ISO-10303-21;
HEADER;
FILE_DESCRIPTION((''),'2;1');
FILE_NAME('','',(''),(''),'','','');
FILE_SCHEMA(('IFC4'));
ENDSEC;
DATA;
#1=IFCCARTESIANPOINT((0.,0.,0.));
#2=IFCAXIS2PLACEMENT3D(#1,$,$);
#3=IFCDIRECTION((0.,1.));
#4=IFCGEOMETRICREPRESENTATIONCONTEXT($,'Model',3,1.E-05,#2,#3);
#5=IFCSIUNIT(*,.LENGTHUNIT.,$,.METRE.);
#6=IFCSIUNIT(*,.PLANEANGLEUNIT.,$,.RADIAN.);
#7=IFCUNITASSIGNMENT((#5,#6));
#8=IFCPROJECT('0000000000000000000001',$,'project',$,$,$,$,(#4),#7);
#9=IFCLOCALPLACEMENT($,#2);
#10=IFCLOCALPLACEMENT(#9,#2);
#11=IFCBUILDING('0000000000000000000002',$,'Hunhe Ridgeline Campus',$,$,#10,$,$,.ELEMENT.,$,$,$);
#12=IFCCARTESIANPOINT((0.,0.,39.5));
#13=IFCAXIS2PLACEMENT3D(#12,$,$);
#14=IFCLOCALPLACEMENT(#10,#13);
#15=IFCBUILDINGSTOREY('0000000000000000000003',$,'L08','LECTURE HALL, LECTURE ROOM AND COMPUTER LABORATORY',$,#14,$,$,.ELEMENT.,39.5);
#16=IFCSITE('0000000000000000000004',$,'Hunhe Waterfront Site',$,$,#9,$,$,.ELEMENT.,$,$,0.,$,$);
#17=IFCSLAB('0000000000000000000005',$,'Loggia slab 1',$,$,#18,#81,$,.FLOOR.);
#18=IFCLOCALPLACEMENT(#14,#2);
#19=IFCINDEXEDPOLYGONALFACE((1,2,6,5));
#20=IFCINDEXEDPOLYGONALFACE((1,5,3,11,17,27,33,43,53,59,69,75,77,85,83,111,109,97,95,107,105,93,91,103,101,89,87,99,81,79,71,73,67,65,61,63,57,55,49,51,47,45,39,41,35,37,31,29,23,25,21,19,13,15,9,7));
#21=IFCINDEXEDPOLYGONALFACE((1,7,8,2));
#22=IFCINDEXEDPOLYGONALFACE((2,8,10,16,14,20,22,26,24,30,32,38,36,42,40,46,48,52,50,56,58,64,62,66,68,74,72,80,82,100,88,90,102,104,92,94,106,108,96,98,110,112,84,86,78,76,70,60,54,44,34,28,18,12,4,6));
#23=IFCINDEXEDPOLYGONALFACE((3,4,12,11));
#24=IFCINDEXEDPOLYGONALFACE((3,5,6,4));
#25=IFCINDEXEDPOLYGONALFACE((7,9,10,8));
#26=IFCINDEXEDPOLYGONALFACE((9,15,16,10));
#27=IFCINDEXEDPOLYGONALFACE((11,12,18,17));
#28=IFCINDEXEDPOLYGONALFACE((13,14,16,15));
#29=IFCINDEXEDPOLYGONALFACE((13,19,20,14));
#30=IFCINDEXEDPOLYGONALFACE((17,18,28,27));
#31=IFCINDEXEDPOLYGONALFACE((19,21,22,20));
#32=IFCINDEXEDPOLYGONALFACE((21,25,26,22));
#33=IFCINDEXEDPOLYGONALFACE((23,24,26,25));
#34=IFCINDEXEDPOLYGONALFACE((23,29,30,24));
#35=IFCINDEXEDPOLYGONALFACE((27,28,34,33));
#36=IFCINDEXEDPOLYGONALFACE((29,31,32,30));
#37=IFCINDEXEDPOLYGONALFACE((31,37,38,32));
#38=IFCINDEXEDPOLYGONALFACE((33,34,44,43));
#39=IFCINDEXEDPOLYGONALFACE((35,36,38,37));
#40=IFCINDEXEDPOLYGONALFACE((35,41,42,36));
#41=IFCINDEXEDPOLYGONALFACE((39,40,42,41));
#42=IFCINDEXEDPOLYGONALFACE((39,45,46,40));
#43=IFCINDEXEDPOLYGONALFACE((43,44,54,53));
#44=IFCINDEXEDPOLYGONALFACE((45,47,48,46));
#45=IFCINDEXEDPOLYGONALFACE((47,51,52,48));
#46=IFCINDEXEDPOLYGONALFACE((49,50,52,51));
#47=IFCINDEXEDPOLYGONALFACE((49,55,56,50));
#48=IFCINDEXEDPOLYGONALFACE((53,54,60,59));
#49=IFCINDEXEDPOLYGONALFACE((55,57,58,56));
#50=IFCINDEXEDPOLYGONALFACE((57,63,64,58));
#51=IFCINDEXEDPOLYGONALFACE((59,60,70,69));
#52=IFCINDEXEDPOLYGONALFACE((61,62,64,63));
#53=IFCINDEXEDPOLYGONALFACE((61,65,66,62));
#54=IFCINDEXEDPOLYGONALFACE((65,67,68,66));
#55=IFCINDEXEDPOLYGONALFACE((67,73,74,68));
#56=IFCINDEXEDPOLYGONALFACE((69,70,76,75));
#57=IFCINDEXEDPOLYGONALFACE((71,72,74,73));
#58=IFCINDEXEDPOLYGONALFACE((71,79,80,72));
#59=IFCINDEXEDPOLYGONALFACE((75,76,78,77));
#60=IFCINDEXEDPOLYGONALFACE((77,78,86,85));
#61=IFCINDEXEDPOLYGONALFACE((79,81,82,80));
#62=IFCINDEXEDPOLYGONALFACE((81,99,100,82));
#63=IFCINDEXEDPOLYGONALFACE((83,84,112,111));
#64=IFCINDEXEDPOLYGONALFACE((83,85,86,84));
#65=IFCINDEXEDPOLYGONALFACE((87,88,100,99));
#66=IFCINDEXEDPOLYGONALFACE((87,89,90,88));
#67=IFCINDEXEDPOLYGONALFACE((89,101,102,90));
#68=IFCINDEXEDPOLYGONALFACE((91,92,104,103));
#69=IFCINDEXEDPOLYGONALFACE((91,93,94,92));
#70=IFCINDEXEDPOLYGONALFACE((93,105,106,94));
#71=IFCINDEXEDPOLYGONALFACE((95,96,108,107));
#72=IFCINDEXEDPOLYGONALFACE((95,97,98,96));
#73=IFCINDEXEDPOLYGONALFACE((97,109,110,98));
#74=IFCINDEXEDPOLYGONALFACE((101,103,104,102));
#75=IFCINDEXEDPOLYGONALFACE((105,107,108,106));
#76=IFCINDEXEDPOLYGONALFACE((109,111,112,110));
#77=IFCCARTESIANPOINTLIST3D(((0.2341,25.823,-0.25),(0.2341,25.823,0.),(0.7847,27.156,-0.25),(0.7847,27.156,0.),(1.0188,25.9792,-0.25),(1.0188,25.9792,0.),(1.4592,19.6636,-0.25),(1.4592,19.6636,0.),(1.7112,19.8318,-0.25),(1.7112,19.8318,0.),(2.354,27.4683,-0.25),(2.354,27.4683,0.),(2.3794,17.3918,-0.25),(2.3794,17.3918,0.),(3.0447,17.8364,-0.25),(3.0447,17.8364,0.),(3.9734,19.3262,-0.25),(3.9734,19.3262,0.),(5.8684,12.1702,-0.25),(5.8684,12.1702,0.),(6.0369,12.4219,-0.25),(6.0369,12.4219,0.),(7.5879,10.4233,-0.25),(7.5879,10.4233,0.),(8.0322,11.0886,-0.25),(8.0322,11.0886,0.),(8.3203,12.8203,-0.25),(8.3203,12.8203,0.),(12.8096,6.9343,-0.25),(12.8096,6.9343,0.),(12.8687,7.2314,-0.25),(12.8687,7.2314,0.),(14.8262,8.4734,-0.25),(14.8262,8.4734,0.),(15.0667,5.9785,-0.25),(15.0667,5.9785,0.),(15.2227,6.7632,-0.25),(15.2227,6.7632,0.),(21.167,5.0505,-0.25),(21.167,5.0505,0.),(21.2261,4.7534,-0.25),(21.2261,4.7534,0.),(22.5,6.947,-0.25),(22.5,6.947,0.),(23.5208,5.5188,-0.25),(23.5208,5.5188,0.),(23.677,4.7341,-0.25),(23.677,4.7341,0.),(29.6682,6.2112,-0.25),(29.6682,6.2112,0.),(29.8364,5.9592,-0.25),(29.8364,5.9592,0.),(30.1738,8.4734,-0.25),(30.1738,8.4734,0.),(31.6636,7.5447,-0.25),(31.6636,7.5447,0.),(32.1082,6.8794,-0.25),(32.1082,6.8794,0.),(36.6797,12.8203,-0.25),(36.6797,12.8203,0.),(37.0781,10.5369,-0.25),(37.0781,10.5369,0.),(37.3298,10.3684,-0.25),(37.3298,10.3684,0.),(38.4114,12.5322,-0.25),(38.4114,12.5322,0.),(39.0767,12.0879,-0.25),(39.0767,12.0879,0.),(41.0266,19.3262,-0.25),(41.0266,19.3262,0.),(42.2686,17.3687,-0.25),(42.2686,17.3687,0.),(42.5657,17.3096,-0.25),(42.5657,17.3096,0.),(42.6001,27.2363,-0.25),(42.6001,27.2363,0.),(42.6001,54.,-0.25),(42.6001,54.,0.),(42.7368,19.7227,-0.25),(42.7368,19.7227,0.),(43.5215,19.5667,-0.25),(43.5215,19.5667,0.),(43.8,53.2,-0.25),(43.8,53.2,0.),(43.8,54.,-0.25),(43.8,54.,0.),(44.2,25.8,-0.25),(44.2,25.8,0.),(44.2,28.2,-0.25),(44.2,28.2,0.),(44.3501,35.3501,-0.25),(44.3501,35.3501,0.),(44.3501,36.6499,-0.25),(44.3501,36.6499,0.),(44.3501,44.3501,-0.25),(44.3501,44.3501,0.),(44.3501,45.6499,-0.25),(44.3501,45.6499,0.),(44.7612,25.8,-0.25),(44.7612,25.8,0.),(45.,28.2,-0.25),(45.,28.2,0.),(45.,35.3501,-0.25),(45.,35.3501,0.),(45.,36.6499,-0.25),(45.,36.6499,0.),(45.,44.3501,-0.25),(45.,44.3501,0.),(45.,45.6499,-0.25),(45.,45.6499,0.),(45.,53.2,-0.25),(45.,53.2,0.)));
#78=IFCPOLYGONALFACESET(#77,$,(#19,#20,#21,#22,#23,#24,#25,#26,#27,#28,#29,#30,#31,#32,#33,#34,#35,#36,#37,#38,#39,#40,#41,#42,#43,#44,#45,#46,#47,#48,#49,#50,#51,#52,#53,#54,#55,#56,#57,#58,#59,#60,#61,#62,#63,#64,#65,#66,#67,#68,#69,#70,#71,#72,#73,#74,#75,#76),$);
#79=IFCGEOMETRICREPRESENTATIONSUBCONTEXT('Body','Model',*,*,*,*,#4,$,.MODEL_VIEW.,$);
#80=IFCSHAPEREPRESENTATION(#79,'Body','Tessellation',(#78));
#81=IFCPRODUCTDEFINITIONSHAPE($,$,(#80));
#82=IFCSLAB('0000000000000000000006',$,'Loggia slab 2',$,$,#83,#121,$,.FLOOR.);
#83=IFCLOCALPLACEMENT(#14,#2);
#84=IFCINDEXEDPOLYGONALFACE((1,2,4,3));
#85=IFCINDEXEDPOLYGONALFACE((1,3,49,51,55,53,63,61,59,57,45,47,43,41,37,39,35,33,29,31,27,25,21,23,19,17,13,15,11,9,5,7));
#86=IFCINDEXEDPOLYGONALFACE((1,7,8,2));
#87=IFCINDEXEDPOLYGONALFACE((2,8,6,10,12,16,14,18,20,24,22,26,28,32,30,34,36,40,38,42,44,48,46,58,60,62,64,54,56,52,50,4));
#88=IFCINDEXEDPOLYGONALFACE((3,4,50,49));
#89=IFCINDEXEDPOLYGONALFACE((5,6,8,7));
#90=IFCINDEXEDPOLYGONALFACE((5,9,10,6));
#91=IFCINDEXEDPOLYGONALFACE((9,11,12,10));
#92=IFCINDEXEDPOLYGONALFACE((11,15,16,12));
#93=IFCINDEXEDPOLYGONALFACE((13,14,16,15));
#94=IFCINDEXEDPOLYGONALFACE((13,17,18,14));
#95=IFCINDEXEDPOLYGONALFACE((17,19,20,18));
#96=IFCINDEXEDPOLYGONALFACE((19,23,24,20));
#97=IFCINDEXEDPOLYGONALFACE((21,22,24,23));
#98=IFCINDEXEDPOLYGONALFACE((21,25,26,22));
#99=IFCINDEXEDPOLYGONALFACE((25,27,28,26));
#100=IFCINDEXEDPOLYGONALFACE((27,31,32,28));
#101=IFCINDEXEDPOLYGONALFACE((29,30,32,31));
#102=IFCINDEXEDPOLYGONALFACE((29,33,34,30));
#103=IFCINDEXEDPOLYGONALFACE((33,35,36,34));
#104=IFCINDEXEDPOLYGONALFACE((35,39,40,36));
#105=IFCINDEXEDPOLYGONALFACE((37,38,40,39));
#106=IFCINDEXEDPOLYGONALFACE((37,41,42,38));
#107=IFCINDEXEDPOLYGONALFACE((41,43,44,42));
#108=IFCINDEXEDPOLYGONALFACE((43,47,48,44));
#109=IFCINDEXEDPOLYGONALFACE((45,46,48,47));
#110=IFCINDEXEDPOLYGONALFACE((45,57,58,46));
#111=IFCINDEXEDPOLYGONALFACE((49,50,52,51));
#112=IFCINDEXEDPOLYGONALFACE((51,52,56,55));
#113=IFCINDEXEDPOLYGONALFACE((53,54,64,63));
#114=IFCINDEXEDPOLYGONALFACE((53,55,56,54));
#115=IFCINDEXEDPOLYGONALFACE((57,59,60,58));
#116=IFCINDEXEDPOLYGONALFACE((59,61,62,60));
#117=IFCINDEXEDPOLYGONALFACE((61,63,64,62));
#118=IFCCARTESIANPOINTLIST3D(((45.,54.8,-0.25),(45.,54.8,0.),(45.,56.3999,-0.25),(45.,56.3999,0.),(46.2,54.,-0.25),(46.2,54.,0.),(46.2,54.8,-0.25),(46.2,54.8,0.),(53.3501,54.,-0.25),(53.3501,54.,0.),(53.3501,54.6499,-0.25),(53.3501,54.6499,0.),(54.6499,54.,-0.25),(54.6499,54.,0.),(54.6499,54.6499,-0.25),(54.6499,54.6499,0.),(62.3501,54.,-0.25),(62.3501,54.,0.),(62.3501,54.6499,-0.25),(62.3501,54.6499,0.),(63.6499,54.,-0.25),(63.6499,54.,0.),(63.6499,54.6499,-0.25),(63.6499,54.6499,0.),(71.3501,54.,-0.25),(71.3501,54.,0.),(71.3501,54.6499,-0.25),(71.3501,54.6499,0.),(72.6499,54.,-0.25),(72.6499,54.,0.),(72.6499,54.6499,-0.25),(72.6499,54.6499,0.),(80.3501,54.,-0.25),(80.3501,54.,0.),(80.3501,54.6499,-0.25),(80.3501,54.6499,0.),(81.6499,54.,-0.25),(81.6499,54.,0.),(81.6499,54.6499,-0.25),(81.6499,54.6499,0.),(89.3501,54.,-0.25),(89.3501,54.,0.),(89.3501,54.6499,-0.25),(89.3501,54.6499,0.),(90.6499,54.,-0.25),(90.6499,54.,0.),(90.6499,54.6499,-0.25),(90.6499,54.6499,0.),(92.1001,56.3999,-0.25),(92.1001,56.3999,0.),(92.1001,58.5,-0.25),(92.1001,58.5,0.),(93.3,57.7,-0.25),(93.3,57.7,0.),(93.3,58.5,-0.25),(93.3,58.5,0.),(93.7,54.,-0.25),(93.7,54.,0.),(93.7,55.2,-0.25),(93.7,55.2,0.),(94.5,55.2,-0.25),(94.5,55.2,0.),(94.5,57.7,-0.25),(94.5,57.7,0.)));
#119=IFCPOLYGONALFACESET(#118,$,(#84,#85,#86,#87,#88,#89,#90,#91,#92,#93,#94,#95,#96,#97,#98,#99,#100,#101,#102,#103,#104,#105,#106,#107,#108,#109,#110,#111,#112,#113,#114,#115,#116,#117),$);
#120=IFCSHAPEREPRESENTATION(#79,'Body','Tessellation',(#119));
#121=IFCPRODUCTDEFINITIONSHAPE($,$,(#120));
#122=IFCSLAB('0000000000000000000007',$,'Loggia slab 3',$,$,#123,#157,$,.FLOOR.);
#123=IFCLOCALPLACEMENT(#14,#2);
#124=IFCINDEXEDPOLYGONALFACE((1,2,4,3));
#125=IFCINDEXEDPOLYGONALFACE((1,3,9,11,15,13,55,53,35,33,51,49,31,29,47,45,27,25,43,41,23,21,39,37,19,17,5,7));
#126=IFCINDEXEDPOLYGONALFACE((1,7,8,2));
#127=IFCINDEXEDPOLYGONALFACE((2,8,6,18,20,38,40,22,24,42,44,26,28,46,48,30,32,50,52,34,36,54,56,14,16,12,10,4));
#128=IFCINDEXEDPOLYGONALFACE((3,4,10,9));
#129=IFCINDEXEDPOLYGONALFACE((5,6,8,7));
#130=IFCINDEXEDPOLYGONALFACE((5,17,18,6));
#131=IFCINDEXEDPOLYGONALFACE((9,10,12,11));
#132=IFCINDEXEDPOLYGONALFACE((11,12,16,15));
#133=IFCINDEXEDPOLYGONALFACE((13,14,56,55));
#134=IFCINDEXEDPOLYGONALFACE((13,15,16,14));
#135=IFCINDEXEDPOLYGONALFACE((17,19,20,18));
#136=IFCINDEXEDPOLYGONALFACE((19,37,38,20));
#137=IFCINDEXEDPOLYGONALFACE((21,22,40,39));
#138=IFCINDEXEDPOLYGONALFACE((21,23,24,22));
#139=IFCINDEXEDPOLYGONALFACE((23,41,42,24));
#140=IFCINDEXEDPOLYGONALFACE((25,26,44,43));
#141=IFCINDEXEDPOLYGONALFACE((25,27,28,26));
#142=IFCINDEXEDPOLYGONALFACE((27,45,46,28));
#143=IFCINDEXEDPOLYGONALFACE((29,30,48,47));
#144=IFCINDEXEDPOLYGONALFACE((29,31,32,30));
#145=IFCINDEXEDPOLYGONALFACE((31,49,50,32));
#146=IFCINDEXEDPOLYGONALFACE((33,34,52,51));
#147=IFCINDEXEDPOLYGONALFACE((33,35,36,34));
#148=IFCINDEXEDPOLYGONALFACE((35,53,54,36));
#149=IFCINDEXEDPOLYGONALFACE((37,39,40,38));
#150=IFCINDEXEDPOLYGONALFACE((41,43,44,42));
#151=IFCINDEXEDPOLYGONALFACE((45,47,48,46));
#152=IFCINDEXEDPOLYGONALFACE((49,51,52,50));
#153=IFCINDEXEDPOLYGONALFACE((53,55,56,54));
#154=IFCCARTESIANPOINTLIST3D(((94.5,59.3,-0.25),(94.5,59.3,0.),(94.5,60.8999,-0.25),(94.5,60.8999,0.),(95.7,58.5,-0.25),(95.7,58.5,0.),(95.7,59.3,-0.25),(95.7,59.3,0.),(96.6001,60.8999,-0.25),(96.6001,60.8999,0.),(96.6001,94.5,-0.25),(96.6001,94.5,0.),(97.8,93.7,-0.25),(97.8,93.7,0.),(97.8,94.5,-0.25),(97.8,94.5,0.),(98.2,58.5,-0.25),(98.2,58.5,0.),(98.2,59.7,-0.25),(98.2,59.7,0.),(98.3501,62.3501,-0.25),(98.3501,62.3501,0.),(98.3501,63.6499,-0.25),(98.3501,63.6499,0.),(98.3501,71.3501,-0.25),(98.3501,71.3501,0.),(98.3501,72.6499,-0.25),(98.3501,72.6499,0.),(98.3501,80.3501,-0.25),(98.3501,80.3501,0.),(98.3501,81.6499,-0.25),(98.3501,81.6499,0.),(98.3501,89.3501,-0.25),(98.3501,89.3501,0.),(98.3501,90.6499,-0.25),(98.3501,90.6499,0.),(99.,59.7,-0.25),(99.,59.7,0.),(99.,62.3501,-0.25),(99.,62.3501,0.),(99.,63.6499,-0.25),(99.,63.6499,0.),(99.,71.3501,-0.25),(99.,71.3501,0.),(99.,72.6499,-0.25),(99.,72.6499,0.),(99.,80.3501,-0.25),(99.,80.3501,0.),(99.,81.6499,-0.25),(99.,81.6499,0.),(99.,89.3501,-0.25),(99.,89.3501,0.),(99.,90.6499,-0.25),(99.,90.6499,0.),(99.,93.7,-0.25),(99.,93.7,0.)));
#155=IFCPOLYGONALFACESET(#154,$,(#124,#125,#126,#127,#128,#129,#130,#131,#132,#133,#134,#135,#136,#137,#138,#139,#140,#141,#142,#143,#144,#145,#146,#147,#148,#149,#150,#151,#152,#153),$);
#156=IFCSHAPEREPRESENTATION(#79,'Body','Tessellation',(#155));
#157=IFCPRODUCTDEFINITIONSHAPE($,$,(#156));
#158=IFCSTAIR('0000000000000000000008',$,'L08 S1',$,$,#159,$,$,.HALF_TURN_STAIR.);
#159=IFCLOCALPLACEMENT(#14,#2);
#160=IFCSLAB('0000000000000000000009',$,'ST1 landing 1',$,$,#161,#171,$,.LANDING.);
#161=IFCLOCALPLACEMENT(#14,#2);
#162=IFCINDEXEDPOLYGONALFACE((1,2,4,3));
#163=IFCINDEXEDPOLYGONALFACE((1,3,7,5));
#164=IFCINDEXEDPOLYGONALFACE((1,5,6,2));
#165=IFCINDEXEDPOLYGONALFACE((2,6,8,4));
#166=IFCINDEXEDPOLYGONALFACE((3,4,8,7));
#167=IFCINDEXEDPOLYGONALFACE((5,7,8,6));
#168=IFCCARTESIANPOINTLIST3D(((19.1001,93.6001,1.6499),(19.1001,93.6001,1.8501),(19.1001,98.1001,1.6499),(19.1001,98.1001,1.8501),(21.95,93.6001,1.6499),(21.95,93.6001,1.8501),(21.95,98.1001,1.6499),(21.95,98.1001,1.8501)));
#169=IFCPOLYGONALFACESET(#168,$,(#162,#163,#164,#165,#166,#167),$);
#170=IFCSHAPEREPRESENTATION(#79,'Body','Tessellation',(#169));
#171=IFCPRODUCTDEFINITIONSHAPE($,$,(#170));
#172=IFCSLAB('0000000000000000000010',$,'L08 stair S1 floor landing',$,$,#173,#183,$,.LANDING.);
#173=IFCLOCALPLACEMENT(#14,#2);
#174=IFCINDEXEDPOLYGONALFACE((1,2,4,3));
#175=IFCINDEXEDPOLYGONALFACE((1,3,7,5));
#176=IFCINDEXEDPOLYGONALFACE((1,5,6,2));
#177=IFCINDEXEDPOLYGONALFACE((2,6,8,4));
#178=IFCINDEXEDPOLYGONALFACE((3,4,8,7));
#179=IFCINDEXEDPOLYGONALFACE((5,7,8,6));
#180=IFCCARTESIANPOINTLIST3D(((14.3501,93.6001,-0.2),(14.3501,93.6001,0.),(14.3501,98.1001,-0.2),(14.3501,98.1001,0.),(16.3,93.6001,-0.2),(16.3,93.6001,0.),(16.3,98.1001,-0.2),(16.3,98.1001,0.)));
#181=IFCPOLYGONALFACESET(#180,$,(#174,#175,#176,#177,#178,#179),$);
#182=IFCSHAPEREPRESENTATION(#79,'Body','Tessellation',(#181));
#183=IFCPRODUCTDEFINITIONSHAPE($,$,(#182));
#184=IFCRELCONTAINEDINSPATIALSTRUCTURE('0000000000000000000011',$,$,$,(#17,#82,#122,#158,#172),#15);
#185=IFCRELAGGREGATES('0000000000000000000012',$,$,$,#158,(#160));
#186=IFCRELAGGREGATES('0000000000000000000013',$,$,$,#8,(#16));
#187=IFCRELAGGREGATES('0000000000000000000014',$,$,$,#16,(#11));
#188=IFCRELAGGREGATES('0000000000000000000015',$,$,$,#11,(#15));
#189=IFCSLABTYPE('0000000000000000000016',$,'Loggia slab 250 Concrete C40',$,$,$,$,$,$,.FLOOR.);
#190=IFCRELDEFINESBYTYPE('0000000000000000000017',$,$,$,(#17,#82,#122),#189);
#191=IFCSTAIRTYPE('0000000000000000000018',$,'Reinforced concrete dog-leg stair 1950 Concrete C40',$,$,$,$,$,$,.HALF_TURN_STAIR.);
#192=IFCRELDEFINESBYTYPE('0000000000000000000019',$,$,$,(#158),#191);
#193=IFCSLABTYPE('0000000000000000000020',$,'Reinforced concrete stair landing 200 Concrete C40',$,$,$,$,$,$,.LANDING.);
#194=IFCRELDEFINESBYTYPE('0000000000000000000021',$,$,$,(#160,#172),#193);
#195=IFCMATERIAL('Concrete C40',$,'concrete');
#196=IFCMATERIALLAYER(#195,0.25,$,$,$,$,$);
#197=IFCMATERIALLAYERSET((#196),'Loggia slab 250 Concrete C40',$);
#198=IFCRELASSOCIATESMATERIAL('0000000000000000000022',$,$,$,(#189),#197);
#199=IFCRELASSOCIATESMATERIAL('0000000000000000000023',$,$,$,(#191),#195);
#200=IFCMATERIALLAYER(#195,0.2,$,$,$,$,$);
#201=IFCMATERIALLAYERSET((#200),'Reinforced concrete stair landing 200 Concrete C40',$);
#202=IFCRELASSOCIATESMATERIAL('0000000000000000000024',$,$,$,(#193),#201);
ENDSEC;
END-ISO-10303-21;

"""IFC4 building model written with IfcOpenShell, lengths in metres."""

from ifc_helpers import new_model, si_unit, direction, frame, origin, place, context, subcontext, project, spatial, polyline, outline, extrude, material, layer, layer_set, type_object, element, aggregate, save


model = new_model("IFC4")

# Units and contexts
model_context = context("Model", 3, precision=1e-05, world=origin(), true_north=direction((0.0, 1.0)))
body_context = subcontext(model_context, "Body", "Model", "MODEL_VIEW")
ifc_project = project(units=[si_unit("LENGTHUNIT", "METRE"), si_unit("PLANEANGLEUNIT", "RADIAN")], contexts=[model_context])

# Site, building, storey
site_placement = place(None, origin())
site = spatial("IfcSite", under=ifc_project, at=site_placement, Name="Hunhe Waterfront Site", CompositionType="ELEMENT", RefElevation=0.0)
building_placement = place(site_placement, origin())
building = spatial("IfcBuilding", under=site, at=building_placement, Name="Hunhe Ridgeline Campus", CompositionType="ELEMENT")
storey_placement = place(building_placement, frame((0.0, 0.0, 39.5)))
storey = spatial("IfcBuildingStorey", under=building, at=storey_placement, Name="L08", Description="LECTURE HALL, LECTURE ROOM AND COMPUTER LABORATORY", CompositionType="ELEMENT", Elevation=39.5)

# Slabs
ifc_material_1 = material(Name="Concrete C40", Category="concrete")
ifc_layer_1 = layer(ifc_material_1, 0.25)
ifc_layer_set_1 = layer_set([ifc_layer_1], Name="Loggia slab 250 Concrete C40")
slab_type_1 = type_object("IfcSlabType", Name="Loggia slab 250 Concrete C40", PredefinedType="FLOOR", material=ifc_layer_set_1)
slab_1_placement = place(storey_placement, frame((0.0, 0.0, -0.25)))
element("IfcSlab", 1, at=slab_1_placement, inside=storey, type_object=slab_type_1, Name="Loggia slab 1", PredefinedType="FLOOR", context=body_context, shape_type="SweptSolid", body=[
    extrude(outline(polyline([(30.1738, 8.4734), (22.5, 6.947), (14.8262, 8.4734), (8.3203, 12.8203), (3.9734, 19.3262), (2.354, 27.4683), (0.7847, 27.156), (1.0188, 25.9792), (0.2341, 25.823), (1.4592, 19.6636), (1.7112, 19.8318), (3.0447, 17.8364), (2.3794, 17.3918), (5.8684, 12.1702), (6.0369, 12.4219), (8.0322, 11.0886), (7.5879, 10.4233), (12.8096, 6.9343), (12.8687, 7.2314), (15.2227, 6.7632), (15.0667, 5.9785), (21.2261, 4.7534), (21.167, 5.0505), (23.5208, 5.5188), (23.677, 4.7341), (29.8364, 5.9592), (29.6682, 6.2112), (31.6636, 7.5447), (32.1082, 6.8794), (37.3298, 10.3684), (37.0781, 10.5369), (38.4114, 12.5322), (39.0767, 12.0879), (42.5657, 17.3096), (42.2686, 17.3687), (42.7368, 19.7227), (43.5215, 19.5667), (44.7612, 25.8), (44.2, 25.8), (44.2, 28.2), (45.0, 28.2), (45.0, 35.3501), (44.3501, 35.3501), (44.3501, 36.6499), (45.0, 36.6499), (45.0, 44.3501), (44.3501, 44.3501), (44.3501, 45.6499), (45.0, 45.6499), (45.0, 53.2), (43.8, 53.2), (43.8, 54.0), (42.6001, 54.0), (42.6001, 27.2363), (41.0266, 19.3262), (36.6797, 12.8203), (30.1738, 8.4734)])), origin(), (0.0, 0.0, 1.0), 0.25),
])
slab_2_placement = place(storey_placement, frame((0.0, 0.0, -0.25)))
element("IfcSlab", 2, at=slab_2_placement, inside=storey, type_object=slab_type_1, Name="Loggia slab 2", PredefinedType="FLOOR", context=body_context, shape_type="SweptSolid", body=[
    extrude(outline(polyline([(45.0, 54.8), (46.2, 54.8), (46.2, 54.0), (53.3501, 54.0), (53.3501, 54.6499), (54.6499, 54.6499), (54.6499, 54.0), (62.3501, 54.0), (62.3501, 54.6499), (63.6499, 54.6499), (63.6499, 54.0), (71.3501, 54.0), (71.3501, 54.6499), (72.6499, 54.6499), (72.6499, 54.0), (80.3501, 54.0), (80.3501, 54.6499), (81.6499, 54.6499), (81.6499, 54.0), (89.3501, 54.0), (89.3501, 54.6499), (90.6499, 54.6499), (90.6499, 54.0), (93.7, 54.0), (93.7, 55.2), (94.5, 55.2), (94.5, 57.7), (93.3, 57.7), (93.3, 58.5), (92.1001, 58.5), (92.1001, 56.3999), (45.0, 56.3999), (45.0, 54.8)])), origin(), (0.0, 0.0, 1.0), 0.25),
])
slab_3_placement = place(storey_placement, frame((0.0, 0.0, -0.25)))
element("IfcSlab", 3, at=slab_3_placement, inside=storey, type_object=slab_type_1, Name="Loggia slab 3", PredefinedType="FLOOR", context=body_context, shape_type="SweptSolid", body=[
    extrude(outline(polyline([(94.5, 59.3), (95.7, 59.3), (95.7, 58.5), (98.2, 58.5), (98.2, 59.7), (99.0, 59.7), (99.0, 62.3501), (98.3501, 62.3501), (98.3501, 63.6499), (99.0, 63.6499), (99.0, 71.3501), (98.3501, 71.3501), (98.3501, 72.6499), (99.0, 72.6499), (99.0, 80.3501), (98.3501, 80.3501), (98.3501, 81.6499), (99.0, 81.6499), (99.0, 89.3501), (98.3501, 89.3501), (98.3501, 90.6499), (99.0, 90.6499), (99.0, 93.7), (97.8, 93.7), (97.8, 94.5), (96.6001, 94.5), (96.6001, 60.8999), (94.5, 60.8999), (94.5, 59.3)])), origin(), (0.0, 0.0, 1.0), 0.25),
])

# Stair, slab
stair_type = type_object("IfcStairType", Name="Reinforced concrete dog-leg stair 1950 Concrete C40", PredefinedType="HALF_TURN_STAIR", material=ifc_material_1)
stair_1_placement = place(storey_placement, origin())
stair_1 = element("IfcStair", 4, at=stair_1_placement, inside=storey, type_object=stair_type, Name="L08 S1", PredefinedType="HALF_TURN_STAIR")
ifc_layer_2 = layer(ifc_material_1, 0.2)
ifc_layer_set_2 = layer_set([ifc_layer_2], Name="Reinforced concrete stair landing 200 Concrete C40")
slab_type_2 = type_object("IfcSlabType", Name="Reinforced concrete stair landing 200 Concrete C40", PredefinedType="LANDING", material=ifc_layer_set_2)
slab_4_placement = place(storey_placement, frame((0.0, 0.0, 1.6499)))
slab_4 = element("IfcSlab", 5, at=slab_4_placement, type_object=slab_type_2, Name="ST1 landing 1", PredefinedType="LANDING", context=body_context, shape_type="SweptSolid", body=[
    extrude(outline(polyline([(19.1001, 93.6001), (21.95, 93.6001), (21.95, 98.1001), (19.1001, 98.1001), (19.1001, 93.6001)])), origin(), (0.0, 0.0, 1.0), 0.2002),
])
aggregate(stair_1, [slab_4])

# Slab
slab_5_placement = place(storey_placement, frame((0.0, 0.0, -0.2)))
element("IfcSlab", 6, at=slab_5_placement, inside=storey, type_object=slab_type_2, Name="L08 stair S1 floor landing", PredefinedType="LANDING", context=body_context, shape_type="SweptSolid", body=[
    extrude(outline(polyline([(14.3501, 93.6001), (16.3, 93.6001), (16.3, 98.1001), (14.3501, 98.1001), (14.3501, 93.6001)])), origin(), (0.0, 0.0, 1.0), 0.2),
])

save(model, "model.ifc")
